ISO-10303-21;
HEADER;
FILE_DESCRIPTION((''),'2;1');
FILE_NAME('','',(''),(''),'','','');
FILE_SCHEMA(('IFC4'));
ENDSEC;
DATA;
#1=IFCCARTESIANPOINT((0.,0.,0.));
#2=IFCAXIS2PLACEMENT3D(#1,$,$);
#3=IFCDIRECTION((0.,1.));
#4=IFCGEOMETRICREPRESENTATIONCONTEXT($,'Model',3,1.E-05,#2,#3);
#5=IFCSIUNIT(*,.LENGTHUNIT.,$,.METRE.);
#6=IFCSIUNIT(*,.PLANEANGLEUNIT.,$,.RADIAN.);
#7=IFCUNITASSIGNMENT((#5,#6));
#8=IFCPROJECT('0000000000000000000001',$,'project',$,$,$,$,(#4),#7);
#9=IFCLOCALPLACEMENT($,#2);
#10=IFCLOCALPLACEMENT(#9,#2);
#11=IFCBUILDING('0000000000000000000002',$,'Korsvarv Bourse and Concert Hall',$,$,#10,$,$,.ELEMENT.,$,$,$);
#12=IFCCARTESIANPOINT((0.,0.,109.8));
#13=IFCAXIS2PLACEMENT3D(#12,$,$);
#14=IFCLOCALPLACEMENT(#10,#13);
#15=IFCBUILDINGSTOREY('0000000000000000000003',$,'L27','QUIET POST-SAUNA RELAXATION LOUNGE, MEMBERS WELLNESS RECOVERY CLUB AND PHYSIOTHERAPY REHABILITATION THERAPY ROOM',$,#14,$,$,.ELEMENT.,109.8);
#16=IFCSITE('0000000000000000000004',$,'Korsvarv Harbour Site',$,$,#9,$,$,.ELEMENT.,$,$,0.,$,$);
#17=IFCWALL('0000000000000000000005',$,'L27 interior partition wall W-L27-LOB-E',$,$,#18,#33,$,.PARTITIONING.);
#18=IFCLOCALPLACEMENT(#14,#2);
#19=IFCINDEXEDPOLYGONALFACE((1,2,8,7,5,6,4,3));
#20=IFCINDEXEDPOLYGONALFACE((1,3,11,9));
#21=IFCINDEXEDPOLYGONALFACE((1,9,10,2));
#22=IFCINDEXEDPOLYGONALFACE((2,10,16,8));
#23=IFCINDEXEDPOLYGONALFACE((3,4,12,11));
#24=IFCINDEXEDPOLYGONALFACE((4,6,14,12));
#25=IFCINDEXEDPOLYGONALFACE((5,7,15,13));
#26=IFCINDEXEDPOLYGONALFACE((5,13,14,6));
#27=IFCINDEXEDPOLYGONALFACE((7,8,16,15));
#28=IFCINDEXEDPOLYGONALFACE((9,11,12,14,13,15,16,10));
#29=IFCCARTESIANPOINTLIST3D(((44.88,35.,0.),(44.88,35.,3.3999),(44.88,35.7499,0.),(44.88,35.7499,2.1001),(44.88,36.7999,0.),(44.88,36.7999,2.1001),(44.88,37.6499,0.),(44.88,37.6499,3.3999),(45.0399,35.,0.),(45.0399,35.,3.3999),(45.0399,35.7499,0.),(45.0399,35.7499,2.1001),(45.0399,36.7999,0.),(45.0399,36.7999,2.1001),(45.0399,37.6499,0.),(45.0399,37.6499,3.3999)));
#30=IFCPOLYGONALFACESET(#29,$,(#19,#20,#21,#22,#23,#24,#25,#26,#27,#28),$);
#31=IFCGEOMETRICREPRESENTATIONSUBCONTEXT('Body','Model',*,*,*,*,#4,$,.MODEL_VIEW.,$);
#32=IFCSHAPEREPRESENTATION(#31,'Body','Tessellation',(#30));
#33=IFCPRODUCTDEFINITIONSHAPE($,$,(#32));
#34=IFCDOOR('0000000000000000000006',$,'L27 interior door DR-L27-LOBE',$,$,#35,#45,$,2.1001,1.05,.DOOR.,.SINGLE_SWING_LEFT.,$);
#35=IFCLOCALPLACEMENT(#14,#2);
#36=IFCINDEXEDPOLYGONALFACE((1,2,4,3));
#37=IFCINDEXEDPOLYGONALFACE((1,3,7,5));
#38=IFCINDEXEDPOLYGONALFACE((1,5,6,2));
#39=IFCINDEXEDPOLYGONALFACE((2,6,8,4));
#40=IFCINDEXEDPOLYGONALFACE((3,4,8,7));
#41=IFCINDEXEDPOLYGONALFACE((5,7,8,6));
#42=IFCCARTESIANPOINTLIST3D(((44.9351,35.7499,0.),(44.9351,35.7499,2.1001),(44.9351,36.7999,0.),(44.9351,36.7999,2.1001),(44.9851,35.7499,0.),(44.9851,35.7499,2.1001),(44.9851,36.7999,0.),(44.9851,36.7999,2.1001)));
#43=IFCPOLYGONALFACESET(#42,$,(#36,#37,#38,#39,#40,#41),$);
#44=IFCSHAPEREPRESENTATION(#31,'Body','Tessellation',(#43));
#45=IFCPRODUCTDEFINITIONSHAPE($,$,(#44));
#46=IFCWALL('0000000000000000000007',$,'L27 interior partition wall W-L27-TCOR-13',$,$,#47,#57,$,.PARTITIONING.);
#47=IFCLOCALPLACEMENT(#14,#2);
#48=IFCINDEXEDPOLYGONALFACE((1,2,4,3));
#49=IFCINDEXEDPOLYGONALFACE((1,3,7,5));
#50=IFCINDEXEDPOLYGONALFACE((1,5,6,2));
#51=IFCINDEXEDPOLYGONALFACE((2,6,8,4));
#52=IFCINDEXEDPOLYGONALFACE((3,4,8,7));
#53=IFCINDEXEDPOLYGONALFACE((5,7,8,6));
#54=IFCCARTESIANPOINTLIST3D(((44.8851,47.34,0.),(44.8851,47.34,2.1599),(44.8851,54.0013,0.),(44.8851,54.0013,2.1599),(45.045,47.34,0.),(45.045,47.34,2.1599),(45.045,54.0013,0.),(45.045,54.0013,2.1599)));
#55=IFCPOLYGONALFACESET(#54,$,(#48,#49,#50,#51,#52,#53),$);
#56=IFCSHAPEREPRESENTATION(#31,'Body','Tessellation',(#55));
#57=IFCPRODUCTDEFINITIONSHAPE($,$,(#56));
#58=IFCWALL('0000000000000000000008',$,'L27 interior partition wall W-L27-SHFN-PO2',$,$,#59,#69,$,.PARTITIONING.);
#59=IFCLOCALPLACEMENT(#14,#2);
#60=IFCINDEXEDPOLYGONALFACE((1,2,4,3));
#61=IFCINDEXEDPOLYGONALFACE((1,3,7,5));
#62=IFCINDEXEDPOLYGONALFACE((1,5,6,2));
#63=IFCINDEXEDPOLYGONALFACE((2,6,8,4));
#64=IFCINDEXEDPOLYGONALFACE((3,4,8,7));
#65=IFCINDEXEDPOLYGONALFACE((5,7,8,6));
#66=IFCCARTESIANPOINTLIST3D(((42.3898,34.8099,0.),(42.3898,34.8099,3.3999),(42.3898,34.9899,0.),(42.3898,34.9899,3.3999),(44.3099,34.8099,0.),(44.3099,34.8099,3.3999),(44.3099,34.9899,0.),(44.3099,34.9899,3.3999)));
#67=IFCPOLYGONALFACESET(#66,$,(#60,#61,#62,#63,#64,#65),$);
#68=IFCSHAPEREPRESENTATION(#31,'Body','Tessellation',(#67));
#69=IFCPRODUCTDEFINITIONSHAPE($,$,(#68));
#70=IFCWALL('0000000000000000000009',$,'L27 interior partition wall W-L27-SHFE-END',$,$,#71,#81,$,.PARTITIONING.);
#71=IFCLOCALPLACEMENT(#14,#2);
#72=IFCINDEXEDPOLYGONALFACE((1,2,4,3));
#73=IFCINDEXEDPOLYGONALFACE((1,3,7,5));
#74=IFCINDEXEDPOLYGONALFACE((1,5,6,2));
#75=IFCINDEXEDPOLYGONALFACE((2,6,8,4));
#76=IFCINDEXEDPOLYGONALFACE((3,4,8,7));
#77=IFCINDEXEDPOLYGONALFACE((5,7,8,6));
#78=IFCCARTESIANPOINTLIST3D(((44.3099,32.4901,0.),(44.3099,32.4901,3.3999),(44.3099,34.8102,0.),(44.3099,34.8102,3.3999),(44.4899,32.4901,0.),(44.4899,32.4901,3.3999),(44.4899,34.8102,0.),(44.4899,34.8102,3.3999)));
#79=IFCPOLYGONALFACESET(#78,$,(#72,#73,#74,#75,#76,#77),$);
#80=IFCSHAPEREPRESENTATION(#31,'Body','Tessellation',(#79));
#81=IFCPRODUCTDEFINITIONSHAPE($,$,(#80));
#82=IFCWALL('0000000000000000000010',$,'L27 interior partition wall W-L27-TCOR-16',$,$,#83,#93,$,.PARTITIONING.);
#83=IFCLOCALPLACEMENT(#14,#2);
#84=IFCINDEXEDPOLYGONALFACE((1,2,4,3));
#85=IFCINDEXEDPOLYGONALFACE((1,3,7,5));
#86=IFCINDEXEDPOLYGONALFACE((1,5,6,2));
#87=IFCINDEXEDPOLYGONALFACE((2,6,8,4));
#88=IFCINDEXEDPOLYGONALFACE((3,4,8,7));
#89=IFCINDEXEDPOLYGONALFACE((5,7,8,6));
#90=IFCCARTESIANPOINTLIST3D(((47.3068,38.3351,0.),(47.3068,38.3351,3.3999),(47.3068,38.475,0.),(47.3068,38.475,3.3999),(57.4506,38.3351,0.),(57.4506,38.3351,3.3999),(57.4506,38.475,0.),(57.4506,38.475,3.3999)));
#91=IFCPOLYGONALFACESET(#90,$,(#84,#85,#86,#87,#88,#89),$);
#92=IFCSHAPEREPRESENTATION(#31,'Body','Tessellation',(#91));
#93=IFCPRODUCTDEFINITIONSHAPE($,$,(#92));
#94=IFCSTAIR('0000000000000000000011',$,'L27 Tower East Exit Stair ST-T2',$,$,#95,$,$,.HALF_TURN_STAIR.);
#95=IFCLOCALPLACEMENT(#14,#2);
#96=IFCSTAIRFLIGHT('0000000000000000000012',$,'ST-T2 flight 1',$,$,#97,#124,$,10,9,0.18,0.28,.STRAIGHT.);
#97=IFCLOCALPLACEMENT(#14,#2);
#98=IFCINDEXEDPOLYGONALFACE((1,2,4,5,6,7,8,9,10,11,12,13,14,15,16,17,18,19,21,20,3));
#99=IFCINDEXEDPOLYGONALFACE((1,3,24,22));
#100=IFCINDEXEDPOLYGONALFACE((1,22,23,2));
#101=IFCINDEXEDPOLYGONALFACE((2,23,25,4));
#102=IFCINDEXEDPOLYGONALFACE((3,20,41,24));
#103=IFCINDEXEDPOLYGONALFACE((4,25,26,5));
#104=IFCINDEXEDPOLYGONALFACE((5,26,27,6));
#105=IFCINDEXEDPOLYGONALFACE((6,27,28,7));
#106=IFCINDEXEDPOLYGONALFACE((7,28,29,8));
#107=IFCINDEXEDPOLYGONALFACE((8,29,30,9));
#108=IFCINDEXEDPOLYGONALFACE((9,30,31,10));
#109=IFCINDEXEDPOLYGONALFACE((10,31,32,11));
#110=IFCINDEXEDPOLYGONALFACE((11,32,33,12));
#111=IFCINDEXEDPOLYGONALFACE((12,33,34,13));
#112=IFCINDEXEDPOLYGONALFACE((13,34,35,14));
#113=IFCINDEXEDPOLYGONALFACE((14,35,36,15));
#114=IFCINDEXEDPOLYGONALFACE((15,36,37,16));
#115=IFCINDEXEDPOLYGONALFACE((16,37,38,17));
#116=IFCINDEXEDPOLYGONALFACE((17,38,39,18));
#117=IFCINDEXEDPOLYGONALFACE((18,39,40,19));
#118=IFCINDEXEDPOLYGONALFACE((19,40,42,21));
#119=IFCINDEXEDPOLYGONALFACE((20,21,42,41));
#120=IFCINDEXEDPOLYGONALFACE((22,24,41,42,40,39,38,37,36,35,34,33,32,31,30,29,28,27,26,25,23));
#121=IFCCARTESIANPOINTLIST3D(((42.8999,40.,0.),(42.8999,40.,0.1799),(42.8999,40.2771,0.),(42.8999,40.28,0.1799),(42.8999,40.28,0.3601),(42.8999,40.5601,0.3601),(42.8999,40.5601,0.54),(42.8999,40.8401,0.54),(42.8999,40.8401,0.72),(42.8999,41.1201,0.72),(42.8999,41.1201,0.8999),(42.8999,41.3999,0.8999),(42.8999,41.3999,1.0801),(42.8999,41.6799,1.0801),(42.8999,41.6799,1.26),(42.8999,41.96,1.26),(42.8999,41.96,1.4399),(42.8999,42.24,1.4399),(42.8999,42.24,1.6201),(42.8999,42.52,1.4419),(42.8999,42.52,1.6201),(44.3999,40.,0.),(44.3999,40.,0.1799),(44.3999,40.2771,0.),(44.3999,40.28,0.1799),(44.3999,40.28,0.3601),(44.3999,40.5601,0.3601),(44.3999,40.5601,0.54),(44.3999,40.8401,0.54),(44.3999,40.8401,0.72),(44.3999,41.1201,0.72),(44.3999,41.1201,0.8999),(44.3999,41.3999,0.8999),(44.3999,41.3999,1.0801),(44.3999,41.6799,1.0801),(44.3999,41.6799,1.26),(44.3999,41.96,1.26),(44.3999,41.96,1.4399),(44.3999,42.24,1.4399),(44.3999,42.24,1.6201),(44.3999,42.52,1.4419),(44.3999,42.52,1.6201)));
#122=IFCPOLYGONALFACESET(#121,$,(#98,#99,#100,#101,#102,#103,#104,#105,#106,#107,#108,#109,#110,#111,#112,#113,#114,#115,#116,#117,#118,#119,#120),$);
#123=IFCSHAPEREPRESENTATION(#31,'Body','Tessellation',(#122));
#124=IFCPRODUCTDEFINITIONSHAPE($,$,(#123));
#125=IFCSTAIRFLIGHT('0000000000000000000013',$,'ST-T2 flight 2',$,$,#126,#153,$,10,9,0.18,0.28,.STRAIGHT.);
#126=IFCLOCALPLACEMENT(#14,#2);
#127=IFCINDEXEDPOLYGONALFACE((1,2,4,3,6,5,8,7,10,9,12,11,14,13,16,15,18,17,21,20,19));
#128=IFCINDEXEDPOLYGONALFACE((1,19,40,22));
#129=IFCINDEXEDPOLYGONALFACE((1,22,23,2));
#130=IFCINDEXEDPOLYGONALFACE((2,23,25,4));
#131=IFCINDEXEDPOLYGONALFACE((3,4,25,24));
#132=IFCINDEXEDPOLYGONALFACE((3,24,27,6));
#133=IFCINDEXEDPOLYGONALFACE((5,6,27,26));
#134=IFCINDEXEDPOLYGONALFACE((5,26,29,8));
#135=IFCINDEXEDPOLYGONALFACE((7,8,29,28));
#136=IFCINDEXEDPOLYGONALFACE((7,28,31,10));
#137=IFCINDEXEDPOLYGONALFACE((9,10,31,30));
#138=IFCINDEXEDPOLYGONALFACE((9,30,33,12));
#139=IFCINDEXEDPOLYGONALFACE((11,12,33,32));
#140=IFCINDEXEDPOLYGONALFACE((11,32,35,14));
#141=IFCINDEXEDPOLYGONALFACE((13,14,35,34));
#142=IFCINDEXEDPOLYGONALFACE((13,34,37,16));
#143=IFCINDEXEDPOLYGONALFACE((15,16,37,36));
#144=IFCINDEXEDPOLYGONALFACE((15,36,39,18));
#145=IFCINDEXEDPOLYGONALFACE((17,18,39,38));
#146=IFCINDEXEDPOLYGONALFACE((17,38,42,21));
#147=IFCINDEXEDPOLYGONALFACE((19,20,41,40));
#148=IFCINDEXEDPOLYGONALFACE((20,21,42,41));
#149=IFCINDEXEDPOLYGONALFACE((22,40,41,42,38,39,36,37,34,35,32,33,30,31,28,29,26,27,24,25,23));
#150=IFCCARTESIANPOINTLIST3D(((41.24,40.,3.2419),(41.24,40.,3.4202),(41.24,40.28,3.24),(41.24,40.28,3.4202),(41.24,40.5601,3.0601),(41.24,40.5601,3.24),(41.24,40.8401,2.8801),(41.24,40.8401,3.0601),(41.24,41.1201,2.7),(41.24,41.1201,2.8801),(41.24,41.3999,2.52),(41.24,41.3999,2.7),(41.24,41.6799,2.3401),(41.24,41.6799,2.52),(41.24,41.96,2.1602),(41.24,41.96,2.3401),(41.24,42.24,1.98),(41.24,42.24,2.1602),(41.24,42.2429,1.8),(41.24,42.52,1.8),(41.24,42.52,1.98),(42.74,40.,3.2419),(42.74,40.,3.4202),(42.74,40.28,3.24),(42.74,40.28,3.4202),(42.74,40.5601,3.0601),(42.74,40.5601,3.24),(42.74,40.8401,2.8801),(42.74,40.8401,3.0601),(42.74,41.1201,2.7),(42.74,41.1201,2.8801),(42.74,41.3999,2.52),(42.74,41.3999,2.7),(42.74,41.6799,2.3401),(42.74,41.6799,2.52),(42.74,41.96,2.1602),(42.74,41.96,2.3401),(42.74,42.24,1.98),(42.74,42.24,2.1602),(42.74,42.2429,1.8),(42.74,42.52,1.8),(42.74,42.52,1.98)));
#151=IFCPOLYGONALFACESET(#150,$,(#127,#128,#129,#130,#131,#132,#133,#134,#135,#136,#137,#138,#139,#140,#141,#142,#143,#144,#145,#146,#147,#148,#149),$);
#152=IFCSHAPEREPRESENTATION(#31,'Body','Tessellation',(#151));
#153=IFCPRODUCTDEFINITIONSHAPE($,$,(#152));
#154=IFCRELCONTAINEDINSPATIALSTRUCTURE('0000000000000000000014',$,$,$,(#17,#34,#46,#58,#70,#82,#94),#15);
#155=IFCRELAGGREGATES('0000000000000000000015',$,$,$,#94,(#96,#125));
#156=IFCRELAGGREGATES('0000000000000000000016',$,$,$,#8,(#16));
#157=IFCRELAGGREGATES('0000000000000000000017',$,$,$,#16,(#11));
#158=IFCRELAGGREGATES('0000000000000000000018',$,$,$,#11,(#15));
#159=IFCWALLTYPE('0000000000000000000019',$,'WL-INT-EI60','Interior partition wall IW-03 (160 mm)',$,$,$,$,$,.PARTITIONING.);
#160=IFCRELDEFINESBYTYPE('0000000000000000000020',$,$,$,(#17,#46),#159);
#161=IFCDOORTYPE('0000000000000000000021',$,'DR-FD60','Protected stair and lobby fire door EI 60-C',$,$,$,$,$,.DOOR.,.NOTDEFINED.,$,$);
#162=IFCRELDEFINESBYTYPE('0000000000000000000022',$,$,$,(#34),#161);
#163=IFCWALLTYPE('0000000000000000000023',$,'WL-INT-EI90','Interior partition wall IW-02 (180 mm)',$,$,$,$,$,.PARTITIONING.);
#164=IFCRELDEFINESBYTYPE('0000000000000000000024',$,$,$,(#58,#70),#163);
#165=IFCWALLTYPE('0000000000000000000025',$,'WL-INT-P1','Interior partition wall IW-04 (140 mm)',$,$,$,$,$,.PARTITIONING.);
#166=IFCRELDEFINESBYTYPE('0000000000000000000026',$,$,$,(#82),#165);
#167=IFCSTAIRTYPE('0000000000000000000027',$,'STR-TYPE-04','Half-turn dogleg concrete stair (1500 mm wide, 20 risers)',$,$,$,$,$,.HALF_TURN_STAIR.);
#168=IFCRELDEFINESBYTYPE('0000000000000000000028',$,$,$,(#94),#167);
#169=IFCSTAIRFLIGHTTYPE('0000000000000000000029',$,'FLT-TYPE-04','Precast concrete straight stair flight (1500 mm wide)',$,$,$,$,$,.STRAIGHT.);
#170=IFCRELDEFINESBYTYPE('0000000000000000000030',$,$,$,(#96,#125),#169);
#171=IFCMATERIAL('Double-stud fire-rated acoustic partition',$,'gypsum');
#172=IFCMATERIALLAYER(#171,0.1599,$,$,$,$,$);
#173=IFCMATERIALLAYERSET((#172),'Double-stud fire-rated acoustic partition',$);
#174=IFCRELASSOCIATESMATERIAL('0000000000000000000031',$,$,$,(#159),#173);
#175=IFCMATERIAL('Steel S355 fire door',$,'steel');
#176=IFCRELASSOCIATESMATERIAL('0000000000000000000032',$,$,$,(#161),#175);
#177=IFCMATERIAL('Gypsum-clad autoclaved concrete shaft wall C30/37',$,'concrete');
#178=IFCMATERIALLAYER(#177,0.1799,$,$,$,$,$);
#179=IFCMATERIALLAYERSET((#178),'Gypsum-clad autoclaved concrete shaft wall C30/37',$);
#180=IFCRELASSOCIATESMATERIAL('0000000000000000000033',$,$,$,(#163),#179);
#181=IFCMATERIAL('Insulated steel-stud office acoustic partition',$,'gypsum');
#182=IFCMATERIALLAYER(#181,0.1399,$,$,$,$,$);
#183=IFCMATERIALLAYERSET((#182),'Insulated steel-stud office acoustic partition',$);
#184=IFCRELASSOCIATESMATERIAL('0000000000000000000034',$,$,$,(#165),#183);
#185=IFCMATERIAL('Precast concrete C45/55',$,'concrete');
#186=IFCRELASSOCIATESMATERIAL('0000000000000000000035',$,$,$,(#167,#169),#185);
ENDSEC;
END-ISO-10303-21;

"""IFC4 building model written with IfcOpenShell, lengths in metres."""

from ifc_helpers import new_model, si_unit, direction, frame, frame_2d, origin, place, context, subcontext, project, spatial, polyline, rectangle, outline, extrude, material, layer, layer_set, type_object, element, fill, aggregate, save


model = new_model("IFC4")

# Units and contexts
model_context = context("Model", 3, precision=1e-05, world=origin(), true_north=direction((0.0, 1.0)))
body_context = subcontext(model_context, "Body", "Model", "MODEL_VIEW")
ifc_project = project(units=[si_unit("LENGTHUNIT", "METRE"), si_unit("PLANEANGLEUNIT", "RADIAN")], contexts=[model_context])

# Site, building, storey
site_placement = place(None, origin())
site = spatial("IfcSite", under=ifc_project, at=site_placement, Name="Korsvarv Harbour Site", CompositionType="ELEMENT", RefElevation=0.0)
building_placement = place(site_placement, origin())
building = spatial("IfcBuilding", under=site, at=building_placement, Name="Korsvarv Bourse and Concert Hall", CompositionType="ELEMENT")
storey_placement = place(building_placement, frame((0.0, 0.0, 109.8)))
storey = spatial("IfcBuildingStorey", under=building, at=storey_placement, Name="L27", Description="QUIET POST-SAUNA RELAXATION LOUNGE, MEMBERS WELLNESS RECOVERY CLUB AND PHYSIOTHERAPY REHABILITATION THERAPY ROOM", CompositionType="ELEMENT", Elevation=109.8)

# Wall, opening, door
ifc_material_1 = material(Name="Double-stud fire-rated acoustic partition", Category="gypsum")
ifc_layer_1 = layer(ifc_material_1, 0.1599)
ifc_layer_set_1 = layer_set([ifc_layer_1], Name="Double-stud fire-rated acoustic partition")
wall_type_1 = type_object("IfcWallType", Name="WL-INT-EI60", Description="Interior partition wall IW-03 (160 mm)", PredefinedType="PARTITIONING", material=ifc_layer_set_1)
wall_1_placement = place(storey_placement, frame((44.96, 35.0, 0.0), z_axis=(0.0, 0.0, 1.0), x_axis=(0.0, 1.0, 0.0)))
wall_1 = element("IfcWall", 1, at=wall_1_placement, inside=storey, type_object=wall_type_1, Name="L27 interior partition wall W-L27-LOB-E", PredefinedType="PARTITIONING", context=body_context, shape_type="SweptSolid", body=[
    extrude(rectangle(XDim=2.6499, YDim=0.1599, at=frame_2d((1.325, 0.0))), origin(), (0.0, 0.0, 1.0), 3.3999),
])
opening_placement = place(wall_1_placement, frame((0.75, 0.0, 0.0)))
opening = element("IfcOpeningElement", 2, at=opening_placement, cuts=wall_1, PredefinedType="OPENING", context=body_context, shape_type="SweptSolid", body=[
    extrude(rectangle(XDim=1.05, YDim=2.1001, at=frame_2d((0.5249, 1.05))), frame((0.0, 0.0898, 0.0), z_axis=(0.0, -1.0, 0.0), x_axis=(1.0, 0.0, 0.0)), (0.0, 0.0, 1.0), 0.1799),
])
ifc_material_2 = material(Name="Steel S355 fire door", Category="steel")
door_type = type_object("IfcDoorType", Name="DR-FD60", Description="Protected stair and lobby fire door EI 60-C", OperationType="NOTDEFINED", PredefinedType="DOOR", material=ifc_material_2)
door_placement = place(opening_placement, origin())
door = element("IfcDoor", 3, at=door_placement, inside=storey, type_object=door_type, Name="L27 interior door DR-L27-LOBE", OperationType="SINGLE_SWING_LEFT", OverallHeight=2.1001, OverallWidth=1.05, PredefinedType="DOOR", context=body_context, shape_type="SweptSolid", body=[
    extrude(rectangle(XDim=1.05, YDim=2.1001, at=frame_2d((0.5249, 1.05))), frame((0.0, 0.0249, 0.0), z_axis=(0.0, -1.0, 0.0), x_axis=(1.0, 0.0, 0.0)), (0.0, 0.0, 1.0), 0.05),
])
fill(opening, door)

# Walls
wall_2_placement = place(storey_placement, frame((44.9651, 47.3401, 0.0), z_axis=(0.0, 0.0, 1.0), x_axis=(0.0, 1.0, 0.0)))
element("IfcWall", 4, at=wall_2_placement, inside=storey, type_object=wall_type_1, Name="L27 interior partition wall W-L27-TCOR-13", PredefinedType="PARTITIONING", context=body_context, shape_type="SweptSolid", body=[
    extrude(rectangle(XDim=6.6614, YDim=0.1599, at=frame_2d((3.3306, 0.0))), origin(), (0.0, 0.0, 1.0), 2.1599),
])
ifc_material_3 = material(Name="Gypsum-clad autoclaved concrete shaft wall C30/37", Category="concrete")
ifc_layer_2 = layer(ifc_material_3, 0.1799)
ifc_layer_set_2 = layer_set([ifc_layer_2], Name="Gypsum-clad autoclaved concrete shaft wall C30/37")
wall_type_2 = type_object("IfcWallType", Name="WL-INT-EI90", Description="Interior partition wall IW-02 (180 mm)", PredefinedType="PARTITIONING", material=ifc_layer_set_2)
wall_3_placement = place(storey_placement, frame((42.3899, 34.8999, 0.0), z_axis=(0.0, 0.0, 1.0), x_axis=(1.0, 0.0, 0.0)))
element("IfcWall", 5, at=wall_3_placement, inside=storey, type_object=wall_type_2, Name="L27 interior partition wall W-L27-SHFN-PO2", PredefinedType="PARTITIONING", context=body_context, shape_type="SweptSolid", body=[
    extrude(rectangle(XDim=1.9202, YDim=0.1799, at=frame_2d((0.96, 0.0))), origin(), (0.0, 0.0, 1.0), 3.3999),
])
wall_4_placement = place(storey_placement, frame((44.3999, 32.49, 0.0), z_axis=(0.0, 0.0, 1.0), x_axis=(0.0, 1.0, 0.0)))
element("IfcWall", 6, at=wall_4_placement, inside=storey, type_object=wall_type_2, Name="L27 interior partition wall W-L27-SHFE-END", PredefinedType="PARTITIONING", context=body_context, shape_type="SweptSolid", body=[
    extrude(rectangle(XDim=2.3201, YDim=0.1799, at=frame_2d((1.1602, 0.0))), origin(), (0.0, 0.0, 1.0), 3.3999),
])
ifc_material_4 = material(Name="Insulated steel-stud office acoustic partition", Category="gypsum")
ifc_layer_3 = layer(ifc_material_4, 0.1399)
ifc_layer_set_3 = layer_set([ifc_layer_3], Name="Insulated steel-stud office acoustic partition")
wall_type_3 = type_object("IfcWallType", Name="WL-INT-P1", Description="Interior partition wall IW-04 (140 mm)", PredefinedType="PARTITIONING", material=ifc_layer_set_3)
wall_5_placement = place(storey_placement, frame((47.3069, 38.405, 0.0), z_axis=(0.0, 0.0, 1.0), x_axis=(1.0, 0.0, 0.0)))
element("IfcWall", 7, at=wall_5_placement, inside=storey, type_object=wall_type_3, Name="L27 interior partition wall W-L27-TCOR-16", PredefinedType="PARTITIONING", context=body_context, shape_type="SweptSolid", body=[
    extrude(rectangle(XDim=10.1438, YDim=0.1399, at=frame_2d((5.0718, 0.0))), origin(), (0.0, 0.0, 1.0), 3.3999),
])

# Stair, stair flights
ifc_material_5 = material(Name="Precast concrete C45/55", Category="concrete")
stair_type = type_object("IfcStairType", Name="STR-TYPE-04", Description="Half-turn dogleg concrete stair (1500 mm wide, 20 risers)", PredefinedType="HALF_TURN_STAIR", material=ifc_material_5)
stair_placement = place(storey_placement, origin())
stair = element("IfcStair", 8, at=stair_placement, inside=storey, type_object=stair_type, Name="L27 Tower East Exit Stair ST-T2", PredefinedType="HALF_TURN_STAIR")
stair_flight_type = type_object("IfcStairFlightType", Name="FLT-TYPE-04", Description="Precast concrete straight stair flight (1500 mm wide)", PredefinedType="STRAIGHT", material=ifc_material_5)
stair_flight_1_placement = place(storey_placement, frame((43.6499, 40.0, 0.0), z_axis=(0.0, 0.0, 1.0), x_axis=(0.0, 1.0, 0.0)))
stair_flight_1 = element("IfcStairFlight", 9, at=stair_flight_1_placement, type_object=stair_flight_type, Name="ST-T2 flight 1", NumberOfRisers=10, NumberOfTreads=9, PredefinedType="STRAIGHT", RiserHeight=0.18, TreadLength=0.28, context=body_context, shape_type="SweptSolid", body=[
    extrude(outline(polyline([(0.0, 0.0), (0.0, 0.1799), (0.28, 0.1799), (0.28, 0.3601), (0.5601, 0.3601), (0.5601, 0.54), (0.8401, 0.54), (0.8401, 0.72), (1.1201, 0.72), (1.1201, 0.8999), (1.3999, 0.8999), (1.3999, 1.0801), (1.6799, 1.0801), (1.6799, 1.26), (1.96, 1.26), (1.96, 1.4399), (2.24, 1.4399), (2.24, 1.6201), (2.52, 1.6201), (2.52, 1.8), (2.52, 1.4419), (0.2771, 0.0), (0.0, 0.0)])), frame((0.0, 0.75, 0.0), z_axis=(0.0, -1.0, 0.0), x_axis=(1.0, 0.0, 0.0)), (0.0, 0.0, 1.0), 1.5),
])
stair_flight_2_placement = place(storey_placement, frame((41.99, 42.52, 1.8), z_axis=(0.0, 0.0, 1.0), x_axis=(0.0, -1.0, 0.0)))
stair_flight_2 = element("IfcStairFlight", 10, at=stair_flight_2_placement, type_object=stair_flight_type, Name="ST-T2 flight 2", NumberOfRisers=10, NumberOfTreads=9, PredefinedType="STRAIGHT", RiserHeight=0.18, TreadLength=0.28, context=body_context, shape_type="SweptSolid", body=[
    extrude(outline(polyline([(0.0, 0.0), (0.0, 0.1799), (0.28, 0.1799), (0.28, 0.3601), (0.5601, 0.3601), (0.5601, 0.54), (0.8401, 0.54), (0.8401, 0.72), (1.1201, 0.72), (1.1201, 0.8999), (1.3999, 0.8999), (1.3999, 1.0801), (1.6799, 1.0801), (1.6799, 1.26), (1.96, 1.26), (1.96, 1.4399), (2.24, 1.4399), (2.24, 1.6201), (2.52, 1.6201), (2.52, 1.8), (2.52, 1.4419), (0.2771, 0.0), (0.0, 0.0)])), frame((0.0, 0.75, 0.0), z_axis=(0.0, -1.0, 0.0), x_axis=(1.0, 0.0, 0.0)), (0.0, 0.0, 1.0), 1.5),
])
aggregate(stair, [stair_flight_1, stair_flight_2])

save(model, "model.ifc")
